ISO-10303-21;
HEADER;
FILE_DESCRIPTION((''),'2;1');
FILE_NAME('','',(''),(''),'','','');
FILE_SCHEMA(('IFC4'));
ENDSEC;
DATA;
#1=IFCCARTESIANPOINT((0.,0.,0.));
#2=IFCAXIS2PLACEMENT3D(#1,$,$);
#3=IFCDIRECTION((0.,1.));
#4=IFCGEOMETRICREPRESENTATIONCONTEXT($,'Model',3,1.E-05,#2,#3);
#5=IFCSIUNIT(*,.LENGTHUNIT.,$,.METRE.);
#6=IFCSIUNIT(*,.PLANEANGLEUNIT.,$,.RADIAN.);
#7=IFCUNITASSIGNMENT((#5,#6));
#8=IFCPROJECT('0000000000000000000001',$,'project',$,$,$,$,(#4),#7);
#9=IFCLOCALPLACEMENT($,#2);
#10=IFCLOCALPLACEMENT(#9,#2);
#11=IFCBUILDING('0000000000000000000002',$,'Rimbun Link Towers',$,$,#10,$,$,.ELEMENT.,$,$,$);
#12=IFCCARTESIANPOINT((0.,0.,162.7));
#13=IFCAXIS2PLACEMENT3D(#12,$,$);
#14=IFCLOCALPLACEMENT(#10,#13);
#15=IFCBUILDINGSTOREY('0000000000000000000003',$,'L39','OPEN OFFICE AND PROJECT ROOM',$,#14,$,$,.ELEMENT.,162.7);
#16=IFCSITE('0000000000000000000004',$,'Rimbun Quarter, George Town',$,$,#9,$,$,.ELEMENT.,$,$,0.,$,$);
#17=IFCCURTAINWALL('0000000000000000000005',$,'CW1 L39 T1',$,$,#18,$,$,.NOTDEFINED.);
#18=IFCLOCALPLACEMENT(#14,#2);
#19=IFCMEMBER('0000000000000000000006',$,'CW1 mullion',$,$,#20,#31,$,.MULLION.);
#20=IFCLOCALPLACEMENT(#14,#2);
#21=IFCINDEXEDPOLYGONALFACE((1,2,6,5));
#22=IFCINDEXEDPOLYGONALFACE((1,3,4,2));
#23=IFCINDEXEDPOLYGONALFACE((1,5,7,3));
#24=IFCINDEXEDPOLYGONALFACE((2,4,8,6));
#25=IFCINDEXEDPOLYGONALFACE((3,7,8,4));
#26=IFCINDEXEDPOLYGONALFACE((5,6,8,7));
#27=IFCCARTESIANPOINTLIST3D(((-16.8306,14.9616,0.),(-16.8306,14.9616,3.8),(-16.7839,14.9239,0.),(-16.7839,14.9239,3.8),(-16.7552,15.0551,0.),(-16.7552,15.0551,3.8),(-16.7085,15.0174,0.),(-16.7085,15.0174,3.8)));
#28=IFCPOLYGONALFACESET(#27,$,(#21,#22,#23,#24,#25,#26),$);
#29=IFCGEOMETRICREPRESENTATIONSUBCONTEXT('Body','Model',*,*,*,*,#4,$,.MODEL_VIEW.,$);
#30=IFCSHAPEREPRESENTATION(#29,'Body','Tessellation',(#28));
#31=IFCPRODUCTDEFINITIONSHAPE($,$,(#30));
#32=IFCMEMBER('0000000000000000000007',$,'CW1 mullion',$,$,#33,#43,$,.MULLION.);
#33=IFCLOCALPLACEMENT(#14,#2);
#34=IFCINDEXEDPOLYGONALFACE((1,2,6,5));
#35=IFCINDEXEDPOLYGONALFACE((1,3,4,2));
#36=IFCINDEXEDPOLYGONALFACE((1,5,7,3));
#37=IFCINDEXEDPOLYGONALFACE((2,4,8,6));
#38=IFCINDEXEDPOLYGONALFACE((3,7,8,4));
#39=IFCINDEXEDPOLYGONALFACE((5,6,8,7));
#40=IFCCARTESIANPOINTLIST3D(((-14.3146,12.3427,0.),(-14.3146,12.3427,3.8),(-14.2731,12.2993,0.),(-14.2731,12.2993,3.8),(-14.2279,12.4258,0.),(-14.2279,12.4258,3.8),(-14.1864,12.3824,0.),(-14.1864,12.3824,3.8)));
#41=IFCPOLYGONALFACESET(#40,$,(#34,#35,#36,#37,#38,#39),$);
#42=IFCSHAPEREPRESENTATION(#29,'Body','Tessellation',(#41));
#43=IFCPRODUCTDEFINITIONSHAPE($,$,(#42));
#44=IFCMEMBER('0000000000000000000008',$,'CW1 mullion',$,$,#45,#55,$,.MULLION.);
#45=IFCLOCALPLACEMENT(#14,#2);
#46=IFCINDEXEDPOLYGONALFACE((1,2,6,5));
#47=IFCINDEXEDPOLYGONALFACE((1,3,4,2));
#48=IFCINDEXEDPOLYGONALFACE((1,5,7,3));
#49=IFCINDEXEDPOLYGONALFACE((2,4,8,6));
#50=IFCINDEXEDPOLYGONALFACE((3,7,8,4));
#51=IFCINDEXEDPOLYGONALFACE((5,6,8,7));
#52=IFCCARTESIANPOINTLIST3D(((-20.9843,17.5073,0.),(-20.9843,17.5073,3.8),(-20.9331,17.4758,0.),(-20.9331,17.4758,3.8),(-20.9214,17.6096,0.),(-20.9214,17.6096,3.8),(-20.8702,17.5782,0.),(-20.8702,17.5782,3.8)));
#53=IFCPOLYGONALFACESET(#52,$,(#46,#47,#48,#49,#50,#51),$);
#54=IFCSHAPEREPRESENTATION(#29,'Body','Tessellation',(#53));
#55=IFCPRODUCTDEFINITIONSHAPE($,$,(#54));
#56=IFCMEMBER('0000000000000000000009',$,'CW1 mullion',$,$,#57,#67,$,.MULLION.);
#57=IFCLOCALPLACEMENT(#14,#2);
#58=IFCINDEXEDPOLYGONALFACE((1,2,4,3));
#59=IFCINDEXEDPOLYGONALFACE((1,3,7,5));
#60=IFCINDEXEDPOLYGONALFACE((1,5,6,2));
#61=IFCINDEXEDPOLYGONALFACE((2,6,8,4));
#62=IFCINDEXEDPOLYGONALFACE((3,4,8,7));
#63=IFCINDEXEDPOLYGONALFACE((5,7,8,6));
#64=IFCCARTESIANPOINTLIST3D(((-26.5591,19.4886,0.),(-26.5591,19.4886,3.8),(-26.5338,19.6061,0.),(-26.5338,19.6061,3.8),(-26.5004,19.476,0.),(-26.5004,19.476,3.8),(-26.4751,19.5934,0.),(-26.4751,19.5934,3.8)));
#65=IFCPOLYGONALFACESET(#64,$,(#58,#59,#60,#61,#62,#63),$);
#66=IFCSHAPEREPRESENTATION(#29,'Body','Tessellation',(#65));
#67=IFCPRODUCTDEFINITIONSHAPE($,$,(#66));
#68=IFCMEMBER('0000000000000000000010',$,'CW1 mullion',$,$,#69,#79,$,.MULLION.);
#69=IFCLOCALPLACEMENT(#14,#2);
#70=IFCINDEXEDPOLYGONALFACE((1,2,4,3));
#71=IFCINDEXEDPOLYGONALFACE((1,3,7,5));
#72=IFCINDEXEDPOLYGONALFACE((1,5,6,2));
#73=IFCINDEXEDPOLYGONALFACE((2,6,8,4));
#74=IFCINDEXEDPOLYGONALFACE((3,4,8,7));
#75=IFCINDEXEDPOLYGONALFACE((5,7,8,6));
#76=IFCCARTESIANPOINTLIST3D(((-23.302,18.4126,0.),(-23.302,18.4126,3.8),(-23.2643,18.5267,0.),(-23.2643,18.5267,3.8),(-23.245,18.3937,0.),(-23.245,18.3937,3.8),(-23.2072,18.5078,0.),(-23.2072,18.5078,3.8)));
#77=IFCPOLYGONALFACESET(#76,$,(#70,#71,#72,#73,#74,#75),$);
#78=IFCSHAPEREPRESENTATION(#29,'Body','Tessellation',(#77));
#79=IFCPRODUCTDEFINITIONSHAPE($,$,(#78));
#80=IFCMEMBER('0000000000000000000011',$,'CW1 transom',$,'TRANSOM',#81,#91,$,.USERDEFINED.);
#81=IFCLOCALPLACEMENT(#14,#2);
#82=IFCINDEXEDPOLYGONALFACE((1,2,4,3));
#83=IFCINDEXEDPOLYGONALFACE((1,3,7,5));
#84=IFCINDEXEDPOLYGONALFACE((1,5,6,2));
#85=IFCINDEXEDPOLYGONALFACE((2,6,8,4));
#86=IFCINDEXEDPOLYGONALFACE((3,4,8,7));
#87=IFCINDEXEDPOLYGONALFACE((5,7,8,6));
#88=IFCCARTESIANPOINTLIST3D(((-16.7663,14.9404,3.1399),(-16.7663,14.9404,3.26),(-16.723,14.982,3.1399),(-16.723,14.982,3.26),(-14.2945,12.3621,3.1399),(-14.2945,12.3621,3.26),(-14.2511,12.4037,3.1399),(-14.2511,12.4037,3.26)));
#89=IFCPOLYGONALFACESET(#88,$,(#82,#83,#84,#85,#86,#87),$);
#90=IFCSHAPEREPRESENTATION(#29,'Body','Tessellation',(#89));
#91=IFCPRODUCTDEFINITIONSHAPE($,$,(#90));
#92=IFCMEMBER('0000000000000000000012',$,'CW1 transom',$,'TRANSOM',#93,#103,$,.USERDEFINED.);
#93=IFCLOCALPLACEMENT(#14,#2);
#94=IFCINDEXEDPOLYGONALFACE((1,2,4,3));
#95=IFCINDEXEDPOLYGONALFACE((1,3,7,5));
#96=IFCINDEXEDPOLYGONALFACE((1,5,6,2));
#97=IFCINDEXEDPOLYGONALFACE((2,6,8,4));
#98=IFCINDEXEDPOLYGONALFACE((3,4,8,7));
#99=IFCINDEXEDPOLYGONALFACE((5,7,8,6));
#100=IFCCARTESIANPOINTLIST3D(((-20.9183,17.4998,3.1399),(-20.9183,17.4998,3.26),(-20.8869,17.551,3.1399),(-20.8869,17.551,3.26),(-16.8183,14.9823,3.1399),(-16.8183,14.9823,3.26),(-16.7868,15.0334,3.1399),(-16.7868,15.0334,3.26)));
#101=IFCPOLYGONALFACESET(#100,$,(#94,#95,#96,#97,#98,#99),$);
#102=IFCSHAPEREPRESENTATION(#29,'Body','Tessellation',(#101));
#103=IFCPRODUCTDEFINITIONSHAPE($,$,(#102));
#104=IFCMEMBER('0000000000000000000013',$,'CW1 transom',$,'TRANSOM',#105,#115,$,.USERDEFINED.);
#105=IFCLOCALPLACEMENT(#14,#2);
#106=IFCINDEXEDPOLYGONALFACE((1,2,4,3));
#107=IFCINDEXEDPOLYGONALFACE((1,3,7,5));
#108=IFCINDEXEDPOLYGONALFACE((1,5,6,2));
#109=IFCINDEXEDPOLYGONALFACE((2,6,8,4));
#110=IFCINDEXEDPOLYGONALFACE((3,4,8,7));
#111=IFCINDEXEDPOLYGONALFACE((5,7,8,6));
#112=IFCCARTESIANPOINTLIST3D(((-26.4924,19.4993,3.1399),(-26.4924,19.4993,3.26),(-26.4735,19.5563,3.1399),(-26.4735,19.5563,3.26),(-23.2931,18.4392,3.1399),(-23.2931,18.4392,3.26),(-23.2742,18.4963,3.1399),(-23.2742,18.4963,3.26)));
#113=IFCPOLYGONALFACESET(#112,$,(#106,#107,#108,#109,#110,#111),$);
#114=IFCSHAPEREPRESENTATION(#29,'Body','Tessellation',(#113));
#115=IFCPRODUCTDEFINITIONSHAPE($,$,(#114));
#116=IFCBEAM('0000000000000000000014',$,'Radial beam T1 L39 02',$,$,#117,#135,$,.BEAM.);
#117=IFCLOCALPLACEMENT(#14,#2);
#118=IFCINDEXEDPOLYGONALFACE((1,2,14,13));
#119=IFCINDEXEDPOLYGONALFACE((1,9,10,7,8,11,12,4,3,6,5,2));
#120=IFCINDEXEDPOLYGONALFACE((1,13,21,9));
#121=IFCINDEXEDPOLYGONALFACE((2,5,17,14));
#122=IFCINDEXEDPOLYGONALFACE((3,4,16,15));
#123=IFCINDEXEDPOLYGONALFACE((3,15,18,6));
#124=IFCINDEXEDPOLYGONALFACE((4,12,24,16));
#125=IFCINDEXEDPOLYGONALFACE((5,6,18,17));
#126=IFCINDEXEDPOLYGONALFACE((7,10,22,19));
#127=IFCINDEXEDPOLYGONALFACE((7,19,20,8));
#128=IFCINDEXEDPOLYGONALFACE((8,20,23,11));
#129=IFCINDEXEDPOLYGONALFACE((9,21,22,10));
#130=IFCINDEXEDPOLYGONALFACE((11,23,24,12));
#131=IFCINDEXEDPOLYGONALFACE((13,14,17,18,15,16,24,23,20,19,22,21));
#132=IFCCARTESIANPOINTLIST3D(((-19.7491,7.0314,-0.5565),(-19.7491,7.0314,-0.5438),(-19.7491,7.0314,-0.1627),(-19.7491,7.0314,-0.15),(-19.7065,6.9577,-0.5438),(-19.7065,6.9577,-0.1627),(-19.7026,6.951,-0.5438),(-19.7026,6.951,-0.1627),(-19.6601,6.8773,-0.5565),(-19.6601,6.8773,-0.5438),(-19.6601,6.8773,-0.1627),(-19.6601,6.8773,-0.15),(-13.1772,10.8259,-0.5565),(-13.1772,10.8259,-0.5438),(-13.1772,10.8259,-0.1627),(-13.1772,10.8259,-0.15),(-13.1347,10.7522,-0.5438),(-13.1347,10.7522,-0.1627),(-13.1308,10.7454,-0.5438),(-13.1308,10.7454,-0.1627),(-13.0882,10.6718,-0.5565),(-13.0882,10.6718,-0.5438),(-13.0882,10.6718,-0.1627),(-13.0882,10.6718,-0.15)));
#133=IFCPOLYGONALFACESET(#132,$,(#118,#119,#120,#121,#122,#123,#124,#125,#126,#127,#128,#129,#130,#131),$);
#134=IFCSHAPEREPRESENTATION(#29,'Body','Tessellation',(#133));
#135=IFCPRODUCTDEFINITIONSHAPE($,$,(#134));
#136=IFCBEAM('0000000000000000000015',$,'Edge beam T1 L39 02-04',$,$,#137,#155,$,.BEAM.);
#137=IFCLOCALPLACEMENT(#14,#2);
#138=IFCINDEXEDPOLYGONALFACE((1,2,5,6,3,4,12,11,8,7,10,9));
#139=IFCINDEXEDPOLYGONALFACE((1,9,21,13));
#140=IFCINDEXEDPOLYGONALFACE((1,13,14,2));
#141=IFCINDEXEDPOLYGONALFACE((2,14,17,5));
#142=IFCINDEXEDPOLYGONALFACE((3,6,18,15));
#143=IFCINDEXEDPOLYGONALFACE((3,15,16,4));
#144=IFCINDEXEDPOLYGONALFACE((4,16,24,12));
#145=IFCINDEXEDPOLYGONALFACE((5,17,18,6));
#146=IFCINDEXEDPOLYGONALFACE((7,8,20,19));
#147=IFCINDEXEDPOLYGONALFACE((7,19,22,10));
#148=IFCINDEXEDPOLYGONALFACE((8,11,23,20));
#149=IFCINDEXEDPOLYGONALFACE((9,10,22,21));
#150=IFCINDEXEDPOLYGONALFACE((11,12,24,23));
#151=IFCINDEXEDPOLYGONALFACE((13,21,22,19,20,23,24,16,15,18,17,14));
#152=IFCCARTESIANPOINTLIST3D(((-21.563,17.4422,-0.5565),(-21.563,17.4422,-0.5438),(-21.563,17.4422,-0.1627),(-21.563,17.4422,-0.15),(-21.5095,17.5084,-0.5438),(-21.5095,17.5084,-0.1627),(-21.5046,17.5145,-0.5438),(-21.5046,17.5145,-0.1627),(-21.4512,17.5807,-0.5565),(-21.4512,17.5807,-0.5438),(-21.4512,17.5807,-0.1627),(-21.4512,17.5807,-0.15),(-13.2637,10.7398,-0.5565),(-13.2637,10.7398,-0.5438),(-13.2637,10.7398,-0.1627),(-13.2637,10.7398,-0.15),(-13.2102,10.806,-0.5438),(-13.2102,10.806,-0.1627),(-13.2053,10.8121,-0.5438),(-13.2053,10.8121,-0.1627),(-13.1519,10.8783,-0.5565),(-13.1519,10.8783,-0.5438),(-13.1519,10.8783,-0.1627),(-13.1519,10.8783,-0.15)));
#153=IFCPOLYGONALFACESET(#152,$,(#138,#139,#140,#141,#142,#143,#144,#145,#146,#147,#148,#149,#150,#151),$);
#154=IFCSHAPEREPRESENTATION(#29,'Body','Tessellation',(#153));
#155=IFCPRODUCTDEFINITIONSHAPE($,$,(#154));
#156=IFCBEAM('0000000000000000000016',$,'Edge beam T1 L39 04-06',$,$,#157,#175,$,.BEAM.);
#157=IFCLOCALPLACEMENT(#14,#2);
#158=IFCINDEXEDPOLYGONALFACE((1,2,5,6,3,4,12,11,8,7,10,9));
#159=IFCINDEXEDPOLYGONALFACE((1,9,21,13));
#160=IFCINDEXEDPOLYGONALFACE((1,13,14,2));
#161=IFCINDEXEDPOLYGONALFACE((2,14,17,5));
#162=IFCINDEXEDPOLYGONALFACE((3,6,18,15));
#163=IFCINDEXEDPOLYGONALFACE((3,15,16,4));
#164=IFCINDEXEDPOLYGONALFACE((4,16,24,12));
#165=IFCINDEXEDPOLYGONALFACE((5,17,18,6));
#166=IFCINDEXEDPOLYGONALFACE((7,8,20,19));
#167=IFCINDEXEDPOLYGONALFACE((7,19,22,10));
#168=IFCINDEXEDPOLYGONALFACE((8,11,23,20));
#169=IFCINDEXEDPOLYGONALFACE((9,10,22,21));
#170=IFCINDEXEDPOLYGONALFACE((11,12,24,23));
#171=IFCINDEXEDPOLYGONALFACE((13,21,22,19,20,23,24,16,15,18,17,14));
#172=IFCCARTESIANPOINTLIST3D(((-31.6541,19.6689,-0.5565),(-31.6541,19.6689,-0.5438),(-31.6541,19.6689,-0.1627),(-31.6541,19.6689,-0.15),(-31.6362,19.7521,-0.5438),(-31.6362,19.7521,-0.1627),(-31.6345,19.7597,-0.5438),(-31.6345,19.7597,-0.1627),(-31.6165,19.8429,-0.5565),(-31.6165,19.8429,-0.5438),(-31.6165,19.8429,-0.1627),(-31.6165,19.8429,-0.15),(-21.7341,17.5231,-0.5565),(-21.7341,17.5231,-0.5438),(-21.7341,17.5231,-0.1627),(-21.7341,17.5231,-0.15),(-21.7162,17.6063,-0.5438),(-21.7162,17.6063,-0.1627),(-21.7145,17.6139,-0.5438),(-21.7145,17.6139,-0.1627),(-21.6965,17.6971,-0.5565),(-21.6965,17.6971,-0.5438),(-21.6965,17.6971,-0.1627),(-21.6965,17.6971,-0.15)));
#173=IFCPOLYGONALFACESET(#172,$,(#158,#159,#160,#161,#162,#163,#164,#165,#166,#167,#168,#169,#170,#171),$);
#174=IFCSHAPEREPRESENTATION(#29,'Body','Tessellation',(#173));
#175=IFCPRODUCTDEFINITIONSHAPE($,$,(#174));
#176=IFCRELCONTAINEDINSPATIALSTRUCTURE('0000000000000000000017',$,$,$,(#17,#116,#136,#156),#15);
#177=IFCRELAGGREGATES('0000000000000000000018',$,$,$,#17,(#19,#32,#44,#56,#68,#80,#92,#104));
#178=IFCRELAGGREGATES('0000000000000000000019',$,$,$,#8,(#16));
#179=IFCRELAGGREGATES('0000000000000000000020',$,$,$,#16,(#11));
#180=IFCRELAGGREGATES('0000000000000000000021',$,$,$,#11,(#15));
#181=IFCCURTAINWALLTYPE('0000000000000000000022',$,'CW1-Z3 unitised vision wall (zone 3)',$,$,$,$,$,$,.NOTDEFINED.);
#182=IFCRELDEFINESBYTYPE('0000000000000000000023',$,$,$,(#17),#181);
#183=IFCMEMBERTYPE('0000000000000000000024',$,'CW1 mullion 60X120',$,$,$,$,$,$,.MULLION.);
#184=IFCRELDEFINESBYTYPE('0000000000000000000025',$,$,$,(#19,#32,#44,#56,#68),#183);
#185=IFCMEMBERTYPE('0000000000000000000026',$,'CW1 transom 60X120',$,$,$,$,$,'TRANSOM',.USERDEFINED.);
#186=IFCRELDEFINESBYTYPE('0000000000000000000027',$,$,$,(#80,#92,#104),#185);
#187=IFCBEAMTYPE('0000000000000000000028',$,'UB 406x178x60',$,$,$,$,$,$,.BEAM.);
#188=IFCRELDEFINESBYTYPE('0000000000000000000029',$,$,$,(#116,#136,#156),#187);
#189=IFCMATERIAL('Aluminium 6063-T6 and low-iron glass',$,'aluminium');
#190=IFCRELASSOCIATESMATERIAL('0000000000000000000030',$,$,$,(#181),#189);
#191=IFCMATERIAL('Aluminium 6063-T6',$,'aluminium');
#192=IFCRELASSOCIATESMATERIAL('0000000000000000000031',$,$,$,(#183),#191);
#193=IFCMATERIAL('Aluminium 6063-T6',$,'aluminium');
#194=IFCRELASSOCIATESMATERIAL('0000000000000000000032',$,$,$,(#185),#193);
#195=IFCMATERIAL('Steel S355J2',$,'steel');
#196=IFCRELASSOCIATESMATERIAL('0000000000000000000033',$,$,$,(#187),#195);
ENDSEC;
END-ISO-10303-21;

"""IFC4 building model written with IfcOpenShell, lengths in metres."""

from ifc_helpers import new_model, si_unit, direction, frame, origin, origin_2d, place, context, subcontext, project, spatial, rectangle, i_section, extrude, material, material_profile, profile_set, type_object, element, aggregate, save


model = new_model("IFC4")

# Units and contexts
model_context = context("Model", 3, precision=1e-05, world=origin(), true_north=direction((0.0, 1.0)))
body_context = subcontext(model_context, "Body", "Model", "MODEL_VIEW")
ifc_project = project(units=[si_unit("LENGTHUNIT", "METRE"), si_unit("PLANEANGLEUNIT", "RADIAN")], contexts=[model_context])

# Site, building, storey
site_placement = place(None, origin())
site = spatial("IfcSite", under=ifc_project, at=site_placement, Name="Rimbun Quarter, George Town", CompositionType="ELEMENT", RefElevation=0.0)
building_placement = place(site_placement, origin())
building = spatial("IfcBuilding", under=site, at=building_placement, Name="Rimbun Link Towers", CompositionType="ELEMENT")
storey_placement = place(building_placement, frame((0.0, 0.0, 162.7)))
storey = spatial("IfcBuildingStorey", under=building, at=storey_placement, Name="L39", Description="OPEN OFFICE AND PROJECT ROOM", CompositionType="ELEMENT", Elevation=162.7)

# Curtain wall, members
ifc_material_1 = material(Name="Aluminium 6063-T6 and low-iron glass", Category="aluminium")
curtain_wall_type = type_object("IfcCurtainWallType", Name="CW1-Z3 unitised vision wall (zone 3)", PredefinedType="NOTDEFINED", material=ifc_material_1)
curtain_wall_placement = place(storey_placement, origin())
curtain_wall = element("IfcCurtainWall", 1, at=curtain_wall_placement, inside=storey, type_object=curtain_wall_type, Name="CW1 L39 T1", PredefinedType="NOTDEFINED")
ifc_material_2 = material(Name="Aluminium 6063-T6", Category="aluminium")
ifc_material_profile_1 = material_profile(ifc_material_2, rectangle(XDim=0.1201, YDim=0.0601, at=origin_2d()), Name="MULLION 60X120")
ifc_profile_set_1 = profile_set([ifc_material_profile_1], Name="Aluminium 6063-T6")
member_type_1 = type_object("IfcMemberType", Name="CW1 mullion 60X120", PredefinedType="MULLION", material=ifc_profile_set_1)
member_1_placement = place(storey_placement, frame((-16.7695, 14.9895, 0.0), z_axis=(0.0, 0.0, 1.0), x_axis=(0.627676, 0.778475, 0.0)))
member_1 = element("IfcMember", 2, at=member_1_placement, type_object=member_type_1, Name="CW1 mullion", PredefinedType="MULLION", context=body_context, shape_type="SweptSolid", body=[
    extrude(rectangle(XDim=0.1201, YDim=0.0601, at=origin_2d()), origin(), (0.0, 0.0, 1.0), 3.8),
])
member_2_placement = place(storey_placement, frame((-14.2505, 12.3625, 0.0), z_axis=(0.0, 0.0, 1.0), x_axis=(0.721847, 0.692052, 0.0)))
member_2 = element("IfcMember", 3, at=member_2_placement, type_object=member_type_1, Name="CW1 mullion", PredefinedType="MULLION", context=body_context, shape_type="SweptSolid", body=[
    extrude(rectangle(XDim=0.1201, YDim=0.0601, at=origin_2d()), origin(), (0.0, 0.0, 1.0), 3.8),
])
member_3_placement = place(storey_placement, frame((-20.9272, 17.5427, 0.0), z_axis=(0.0, 0.0, 1.0), x_axis=(0.52325, 0.852179, 0.0)))
member_3 = element("IfcMember", 4, at=member_3_placement, type_object=member_type_1, Name="CW1 mullion", PredefinedType="MULLION", context=body_context, shape_type="SweptSolid", body=[
    extrude(rectangle(XDim=0.1201, YDim=0.0601, at=origin_2d()), origin(), (0.0, 0.0, 1.0), 3.8),
])
member_4_placement = place(storey_placement, frame((-26.5171, 19.541, 0.0), z_axis=(0.0, 0.0, 1.0), x_axis=(0.210866, 0.977515, 0.0)))
member_4 = element("IfcMember", 5, at=member_4_placement, type_object=member_type_1, Name="CW1 mullion", PredefinedType="MULLION", context=body_context, shape_type="SweptSolid", body=[
    extrude(rectangle(XDim=0.1201, YDim=0.0601, at=origin_2d()), origin(), (0.0, 0.0, 1.0), 3.8),
])
member_5_placement = place(storey_placement, frame((-23.2546, 18.4602, 0.0), z_axis=(0.0, 0.0, 1.0), x_axis=(0.314556, 0.949239, 0.0)))
member_5 = element("IfcMember", 6, at=member_5_placement, type_object=member_type_1, Name="CW1 mullion", PredefinedType="MULLION", context=body_context, shape_type="SweptSolid", body=[
    extrude(rectangle(XDim=0.1201, YDim=0.0601, at=origin_2d()), origin(), (0.0, 0.0, 1.0), 3.8),
])
ifc_material_3 = material(Name="Aluminium 6063-T6", Category="aluminium")
ifc_material_profile_2 = material_profile(ifc_material_3, rectangle(XDim=0.0601, YDim=0.1201, at=origin_2d()), Name="TRANSOM 60X120")
ifc_profile_set_2 = profile_set([ifc_material_profile_2], Name="Aluminium 6063-T6")
member_type_2 = type_object("IfcMemberType", Name="CW1 transom 60X120", ElementType="TRANSOM", PredefinedType="USERDEFINED", material=ifc_profile_set_2)
member_6_placement = place(storey_placement, frame((-16.7446, 14.9612, 3.2), z_axis=(0.692049, -0.72185, 0.0), x_axis=(0.72185, 0.692049, 0.0)))
member_6 = element("IfcMember", 7, at=member_6_placement, type_object=member_type_2, Name="CW1 transom", ObjectType="TRANSOM", PredefinedType="USERDEFINED", context=body_context, shape_type="SweptSolid", body=[
    extrude(rectangle(XDim=0.0601, YDim=0.1201, at=origin_2d()), origin(), (0.0, 0.0, 1.0), 3.5718),
])
member_7_placement = place(storey_placement, frame((-20.9026, 17.5254, 3.2), z_axis=(0.852174, -0.523259, 0.0), x_axis=(0.523259, 0.852174, 0.0)))
member_7 = element("IfcMember", 8, at=member_7_placement, type_object=member_type_2, Name="CW1 transom", ObjectType="TRANSOM", PredefinedType="USERDEFINED", context=body_context, shape_type="SweptSolid", body=[
    extrude(rectangle(XDim=0.0601, YDim=0.1201, at=origin_2d()), origin(), (0.0, 0.0, 1.0), 4.8113),
])
member_8_placement = place(storey_placement, frame((-26.4829, 19.5278, 3.2), z_axis=(0.949247, -0.314532, 0.0), x_axis=(0.314532, 0.949247, 0.0)))
member_8 = element("IfcMember", 9, at=member_8_placement, type_object=member_type_2, Name="CW1 transom", ObjectType="TRANSOM", PredefinedType="USERDEFINED", context=body_context, shape_type="SweptSolid", body=[
    extrude(rectangle(XDim=0.0601, YDim=0.1201, at=origin_2d()), origin(), (0.0, 0.0, 1.0), 3.3704),
])

# Beams
ifc_material_4 = material(Name="Steel S355J2", Category="steel")
ifc_material_profile_3 = material_profile(ifc_material_4, i_section(OverallWidth=0.178, OverallDepth=0.4065, WebThickness=0.0078, FlangeThickness=0.0127, at=origin_2d()), Name="UB 406x178x60")
ifc_profile_set_3 = profile_set([ifc_material_profile_3], Name="Steel S355J2")
beam_type_1 = type_object("IfcBeamType", Name="UB 406x178x60", PredefinedType="BEAM", material=ifc_profile_set_3)
beam_1_placement = place(storey_placement, frame((-19.7046, 6.9543, -0.3533), z_axis=(0.866013, 0.500021, 0.0), x_axis=(-0.500021, 0.866013, 0.0)))
element("IfcBeam", 10, at=beam_1_placement, inside=storey, type_object=beam_type_1, Name="Radial beam T1 L39 02", PredefinedType="BEAM", context=body_context, shape_type="SweptSolid", body=[
    extrude(i_section(OverallWidth=0.178, OverallDepth=0.4065, WebThickness=0.0078, FlangeThickness=0.0127, at=origin_2d()), origin(), (0.0, 0.0, 1.0), 7.5886),
])
beam_2_placement = place(storey_placement, frame((-13.2078, 10.8091, -0.3533), z_axis=(-0.777982, 0.628286, 0.0), x_axis=(-0.628286, -0.777982, 0.0)))
element("IfcBeam", 11, at=beam_2_placement, inside=storey, type_object=beam_type_1, Name="Edge beam T1 L39 02-04", PredefinedType="BEAM", context=body_context, shape_type="SweptSolid", body=[
    extrude(i_section(OverallWidth=0.178, OverallDepth=0.4065, WebThickness=0.0078, FlangeThickness=0.0127, at=origin_2d()), origin(), (0.0, 0.0, 1.0), 10.6677),
])
beam_3_placement = place(storey_placement, frame((-21.7153, 17.6101, -0.3533), z_axis=(-0.977396, 0.211418, 0.0), x_axis=(-0.211418, -0.977396, 0.0)))
element("IfcBeam", 12, at=beam_3_placement, inside=storey, type_object=beam_type_1, Name="Edge beam T1 L39 04-06", PredefinedType="BEAM", context=body_context, shape_type="SweptSolid", body=[
    extrude(i_section(OverallWidth=0.178, OverallDepth=0.4065, WebThickness=0.0078, FlangeThickness=0.0127, at=origin_2d()), origin(), (0.0, 0.0, 1.0), 10.1494),
])

aggregate(curtain_wall, [member_1, member_2, member_3, member_4, member_5, member_6, member_7, member_8])

save(model, "model.ifc")
